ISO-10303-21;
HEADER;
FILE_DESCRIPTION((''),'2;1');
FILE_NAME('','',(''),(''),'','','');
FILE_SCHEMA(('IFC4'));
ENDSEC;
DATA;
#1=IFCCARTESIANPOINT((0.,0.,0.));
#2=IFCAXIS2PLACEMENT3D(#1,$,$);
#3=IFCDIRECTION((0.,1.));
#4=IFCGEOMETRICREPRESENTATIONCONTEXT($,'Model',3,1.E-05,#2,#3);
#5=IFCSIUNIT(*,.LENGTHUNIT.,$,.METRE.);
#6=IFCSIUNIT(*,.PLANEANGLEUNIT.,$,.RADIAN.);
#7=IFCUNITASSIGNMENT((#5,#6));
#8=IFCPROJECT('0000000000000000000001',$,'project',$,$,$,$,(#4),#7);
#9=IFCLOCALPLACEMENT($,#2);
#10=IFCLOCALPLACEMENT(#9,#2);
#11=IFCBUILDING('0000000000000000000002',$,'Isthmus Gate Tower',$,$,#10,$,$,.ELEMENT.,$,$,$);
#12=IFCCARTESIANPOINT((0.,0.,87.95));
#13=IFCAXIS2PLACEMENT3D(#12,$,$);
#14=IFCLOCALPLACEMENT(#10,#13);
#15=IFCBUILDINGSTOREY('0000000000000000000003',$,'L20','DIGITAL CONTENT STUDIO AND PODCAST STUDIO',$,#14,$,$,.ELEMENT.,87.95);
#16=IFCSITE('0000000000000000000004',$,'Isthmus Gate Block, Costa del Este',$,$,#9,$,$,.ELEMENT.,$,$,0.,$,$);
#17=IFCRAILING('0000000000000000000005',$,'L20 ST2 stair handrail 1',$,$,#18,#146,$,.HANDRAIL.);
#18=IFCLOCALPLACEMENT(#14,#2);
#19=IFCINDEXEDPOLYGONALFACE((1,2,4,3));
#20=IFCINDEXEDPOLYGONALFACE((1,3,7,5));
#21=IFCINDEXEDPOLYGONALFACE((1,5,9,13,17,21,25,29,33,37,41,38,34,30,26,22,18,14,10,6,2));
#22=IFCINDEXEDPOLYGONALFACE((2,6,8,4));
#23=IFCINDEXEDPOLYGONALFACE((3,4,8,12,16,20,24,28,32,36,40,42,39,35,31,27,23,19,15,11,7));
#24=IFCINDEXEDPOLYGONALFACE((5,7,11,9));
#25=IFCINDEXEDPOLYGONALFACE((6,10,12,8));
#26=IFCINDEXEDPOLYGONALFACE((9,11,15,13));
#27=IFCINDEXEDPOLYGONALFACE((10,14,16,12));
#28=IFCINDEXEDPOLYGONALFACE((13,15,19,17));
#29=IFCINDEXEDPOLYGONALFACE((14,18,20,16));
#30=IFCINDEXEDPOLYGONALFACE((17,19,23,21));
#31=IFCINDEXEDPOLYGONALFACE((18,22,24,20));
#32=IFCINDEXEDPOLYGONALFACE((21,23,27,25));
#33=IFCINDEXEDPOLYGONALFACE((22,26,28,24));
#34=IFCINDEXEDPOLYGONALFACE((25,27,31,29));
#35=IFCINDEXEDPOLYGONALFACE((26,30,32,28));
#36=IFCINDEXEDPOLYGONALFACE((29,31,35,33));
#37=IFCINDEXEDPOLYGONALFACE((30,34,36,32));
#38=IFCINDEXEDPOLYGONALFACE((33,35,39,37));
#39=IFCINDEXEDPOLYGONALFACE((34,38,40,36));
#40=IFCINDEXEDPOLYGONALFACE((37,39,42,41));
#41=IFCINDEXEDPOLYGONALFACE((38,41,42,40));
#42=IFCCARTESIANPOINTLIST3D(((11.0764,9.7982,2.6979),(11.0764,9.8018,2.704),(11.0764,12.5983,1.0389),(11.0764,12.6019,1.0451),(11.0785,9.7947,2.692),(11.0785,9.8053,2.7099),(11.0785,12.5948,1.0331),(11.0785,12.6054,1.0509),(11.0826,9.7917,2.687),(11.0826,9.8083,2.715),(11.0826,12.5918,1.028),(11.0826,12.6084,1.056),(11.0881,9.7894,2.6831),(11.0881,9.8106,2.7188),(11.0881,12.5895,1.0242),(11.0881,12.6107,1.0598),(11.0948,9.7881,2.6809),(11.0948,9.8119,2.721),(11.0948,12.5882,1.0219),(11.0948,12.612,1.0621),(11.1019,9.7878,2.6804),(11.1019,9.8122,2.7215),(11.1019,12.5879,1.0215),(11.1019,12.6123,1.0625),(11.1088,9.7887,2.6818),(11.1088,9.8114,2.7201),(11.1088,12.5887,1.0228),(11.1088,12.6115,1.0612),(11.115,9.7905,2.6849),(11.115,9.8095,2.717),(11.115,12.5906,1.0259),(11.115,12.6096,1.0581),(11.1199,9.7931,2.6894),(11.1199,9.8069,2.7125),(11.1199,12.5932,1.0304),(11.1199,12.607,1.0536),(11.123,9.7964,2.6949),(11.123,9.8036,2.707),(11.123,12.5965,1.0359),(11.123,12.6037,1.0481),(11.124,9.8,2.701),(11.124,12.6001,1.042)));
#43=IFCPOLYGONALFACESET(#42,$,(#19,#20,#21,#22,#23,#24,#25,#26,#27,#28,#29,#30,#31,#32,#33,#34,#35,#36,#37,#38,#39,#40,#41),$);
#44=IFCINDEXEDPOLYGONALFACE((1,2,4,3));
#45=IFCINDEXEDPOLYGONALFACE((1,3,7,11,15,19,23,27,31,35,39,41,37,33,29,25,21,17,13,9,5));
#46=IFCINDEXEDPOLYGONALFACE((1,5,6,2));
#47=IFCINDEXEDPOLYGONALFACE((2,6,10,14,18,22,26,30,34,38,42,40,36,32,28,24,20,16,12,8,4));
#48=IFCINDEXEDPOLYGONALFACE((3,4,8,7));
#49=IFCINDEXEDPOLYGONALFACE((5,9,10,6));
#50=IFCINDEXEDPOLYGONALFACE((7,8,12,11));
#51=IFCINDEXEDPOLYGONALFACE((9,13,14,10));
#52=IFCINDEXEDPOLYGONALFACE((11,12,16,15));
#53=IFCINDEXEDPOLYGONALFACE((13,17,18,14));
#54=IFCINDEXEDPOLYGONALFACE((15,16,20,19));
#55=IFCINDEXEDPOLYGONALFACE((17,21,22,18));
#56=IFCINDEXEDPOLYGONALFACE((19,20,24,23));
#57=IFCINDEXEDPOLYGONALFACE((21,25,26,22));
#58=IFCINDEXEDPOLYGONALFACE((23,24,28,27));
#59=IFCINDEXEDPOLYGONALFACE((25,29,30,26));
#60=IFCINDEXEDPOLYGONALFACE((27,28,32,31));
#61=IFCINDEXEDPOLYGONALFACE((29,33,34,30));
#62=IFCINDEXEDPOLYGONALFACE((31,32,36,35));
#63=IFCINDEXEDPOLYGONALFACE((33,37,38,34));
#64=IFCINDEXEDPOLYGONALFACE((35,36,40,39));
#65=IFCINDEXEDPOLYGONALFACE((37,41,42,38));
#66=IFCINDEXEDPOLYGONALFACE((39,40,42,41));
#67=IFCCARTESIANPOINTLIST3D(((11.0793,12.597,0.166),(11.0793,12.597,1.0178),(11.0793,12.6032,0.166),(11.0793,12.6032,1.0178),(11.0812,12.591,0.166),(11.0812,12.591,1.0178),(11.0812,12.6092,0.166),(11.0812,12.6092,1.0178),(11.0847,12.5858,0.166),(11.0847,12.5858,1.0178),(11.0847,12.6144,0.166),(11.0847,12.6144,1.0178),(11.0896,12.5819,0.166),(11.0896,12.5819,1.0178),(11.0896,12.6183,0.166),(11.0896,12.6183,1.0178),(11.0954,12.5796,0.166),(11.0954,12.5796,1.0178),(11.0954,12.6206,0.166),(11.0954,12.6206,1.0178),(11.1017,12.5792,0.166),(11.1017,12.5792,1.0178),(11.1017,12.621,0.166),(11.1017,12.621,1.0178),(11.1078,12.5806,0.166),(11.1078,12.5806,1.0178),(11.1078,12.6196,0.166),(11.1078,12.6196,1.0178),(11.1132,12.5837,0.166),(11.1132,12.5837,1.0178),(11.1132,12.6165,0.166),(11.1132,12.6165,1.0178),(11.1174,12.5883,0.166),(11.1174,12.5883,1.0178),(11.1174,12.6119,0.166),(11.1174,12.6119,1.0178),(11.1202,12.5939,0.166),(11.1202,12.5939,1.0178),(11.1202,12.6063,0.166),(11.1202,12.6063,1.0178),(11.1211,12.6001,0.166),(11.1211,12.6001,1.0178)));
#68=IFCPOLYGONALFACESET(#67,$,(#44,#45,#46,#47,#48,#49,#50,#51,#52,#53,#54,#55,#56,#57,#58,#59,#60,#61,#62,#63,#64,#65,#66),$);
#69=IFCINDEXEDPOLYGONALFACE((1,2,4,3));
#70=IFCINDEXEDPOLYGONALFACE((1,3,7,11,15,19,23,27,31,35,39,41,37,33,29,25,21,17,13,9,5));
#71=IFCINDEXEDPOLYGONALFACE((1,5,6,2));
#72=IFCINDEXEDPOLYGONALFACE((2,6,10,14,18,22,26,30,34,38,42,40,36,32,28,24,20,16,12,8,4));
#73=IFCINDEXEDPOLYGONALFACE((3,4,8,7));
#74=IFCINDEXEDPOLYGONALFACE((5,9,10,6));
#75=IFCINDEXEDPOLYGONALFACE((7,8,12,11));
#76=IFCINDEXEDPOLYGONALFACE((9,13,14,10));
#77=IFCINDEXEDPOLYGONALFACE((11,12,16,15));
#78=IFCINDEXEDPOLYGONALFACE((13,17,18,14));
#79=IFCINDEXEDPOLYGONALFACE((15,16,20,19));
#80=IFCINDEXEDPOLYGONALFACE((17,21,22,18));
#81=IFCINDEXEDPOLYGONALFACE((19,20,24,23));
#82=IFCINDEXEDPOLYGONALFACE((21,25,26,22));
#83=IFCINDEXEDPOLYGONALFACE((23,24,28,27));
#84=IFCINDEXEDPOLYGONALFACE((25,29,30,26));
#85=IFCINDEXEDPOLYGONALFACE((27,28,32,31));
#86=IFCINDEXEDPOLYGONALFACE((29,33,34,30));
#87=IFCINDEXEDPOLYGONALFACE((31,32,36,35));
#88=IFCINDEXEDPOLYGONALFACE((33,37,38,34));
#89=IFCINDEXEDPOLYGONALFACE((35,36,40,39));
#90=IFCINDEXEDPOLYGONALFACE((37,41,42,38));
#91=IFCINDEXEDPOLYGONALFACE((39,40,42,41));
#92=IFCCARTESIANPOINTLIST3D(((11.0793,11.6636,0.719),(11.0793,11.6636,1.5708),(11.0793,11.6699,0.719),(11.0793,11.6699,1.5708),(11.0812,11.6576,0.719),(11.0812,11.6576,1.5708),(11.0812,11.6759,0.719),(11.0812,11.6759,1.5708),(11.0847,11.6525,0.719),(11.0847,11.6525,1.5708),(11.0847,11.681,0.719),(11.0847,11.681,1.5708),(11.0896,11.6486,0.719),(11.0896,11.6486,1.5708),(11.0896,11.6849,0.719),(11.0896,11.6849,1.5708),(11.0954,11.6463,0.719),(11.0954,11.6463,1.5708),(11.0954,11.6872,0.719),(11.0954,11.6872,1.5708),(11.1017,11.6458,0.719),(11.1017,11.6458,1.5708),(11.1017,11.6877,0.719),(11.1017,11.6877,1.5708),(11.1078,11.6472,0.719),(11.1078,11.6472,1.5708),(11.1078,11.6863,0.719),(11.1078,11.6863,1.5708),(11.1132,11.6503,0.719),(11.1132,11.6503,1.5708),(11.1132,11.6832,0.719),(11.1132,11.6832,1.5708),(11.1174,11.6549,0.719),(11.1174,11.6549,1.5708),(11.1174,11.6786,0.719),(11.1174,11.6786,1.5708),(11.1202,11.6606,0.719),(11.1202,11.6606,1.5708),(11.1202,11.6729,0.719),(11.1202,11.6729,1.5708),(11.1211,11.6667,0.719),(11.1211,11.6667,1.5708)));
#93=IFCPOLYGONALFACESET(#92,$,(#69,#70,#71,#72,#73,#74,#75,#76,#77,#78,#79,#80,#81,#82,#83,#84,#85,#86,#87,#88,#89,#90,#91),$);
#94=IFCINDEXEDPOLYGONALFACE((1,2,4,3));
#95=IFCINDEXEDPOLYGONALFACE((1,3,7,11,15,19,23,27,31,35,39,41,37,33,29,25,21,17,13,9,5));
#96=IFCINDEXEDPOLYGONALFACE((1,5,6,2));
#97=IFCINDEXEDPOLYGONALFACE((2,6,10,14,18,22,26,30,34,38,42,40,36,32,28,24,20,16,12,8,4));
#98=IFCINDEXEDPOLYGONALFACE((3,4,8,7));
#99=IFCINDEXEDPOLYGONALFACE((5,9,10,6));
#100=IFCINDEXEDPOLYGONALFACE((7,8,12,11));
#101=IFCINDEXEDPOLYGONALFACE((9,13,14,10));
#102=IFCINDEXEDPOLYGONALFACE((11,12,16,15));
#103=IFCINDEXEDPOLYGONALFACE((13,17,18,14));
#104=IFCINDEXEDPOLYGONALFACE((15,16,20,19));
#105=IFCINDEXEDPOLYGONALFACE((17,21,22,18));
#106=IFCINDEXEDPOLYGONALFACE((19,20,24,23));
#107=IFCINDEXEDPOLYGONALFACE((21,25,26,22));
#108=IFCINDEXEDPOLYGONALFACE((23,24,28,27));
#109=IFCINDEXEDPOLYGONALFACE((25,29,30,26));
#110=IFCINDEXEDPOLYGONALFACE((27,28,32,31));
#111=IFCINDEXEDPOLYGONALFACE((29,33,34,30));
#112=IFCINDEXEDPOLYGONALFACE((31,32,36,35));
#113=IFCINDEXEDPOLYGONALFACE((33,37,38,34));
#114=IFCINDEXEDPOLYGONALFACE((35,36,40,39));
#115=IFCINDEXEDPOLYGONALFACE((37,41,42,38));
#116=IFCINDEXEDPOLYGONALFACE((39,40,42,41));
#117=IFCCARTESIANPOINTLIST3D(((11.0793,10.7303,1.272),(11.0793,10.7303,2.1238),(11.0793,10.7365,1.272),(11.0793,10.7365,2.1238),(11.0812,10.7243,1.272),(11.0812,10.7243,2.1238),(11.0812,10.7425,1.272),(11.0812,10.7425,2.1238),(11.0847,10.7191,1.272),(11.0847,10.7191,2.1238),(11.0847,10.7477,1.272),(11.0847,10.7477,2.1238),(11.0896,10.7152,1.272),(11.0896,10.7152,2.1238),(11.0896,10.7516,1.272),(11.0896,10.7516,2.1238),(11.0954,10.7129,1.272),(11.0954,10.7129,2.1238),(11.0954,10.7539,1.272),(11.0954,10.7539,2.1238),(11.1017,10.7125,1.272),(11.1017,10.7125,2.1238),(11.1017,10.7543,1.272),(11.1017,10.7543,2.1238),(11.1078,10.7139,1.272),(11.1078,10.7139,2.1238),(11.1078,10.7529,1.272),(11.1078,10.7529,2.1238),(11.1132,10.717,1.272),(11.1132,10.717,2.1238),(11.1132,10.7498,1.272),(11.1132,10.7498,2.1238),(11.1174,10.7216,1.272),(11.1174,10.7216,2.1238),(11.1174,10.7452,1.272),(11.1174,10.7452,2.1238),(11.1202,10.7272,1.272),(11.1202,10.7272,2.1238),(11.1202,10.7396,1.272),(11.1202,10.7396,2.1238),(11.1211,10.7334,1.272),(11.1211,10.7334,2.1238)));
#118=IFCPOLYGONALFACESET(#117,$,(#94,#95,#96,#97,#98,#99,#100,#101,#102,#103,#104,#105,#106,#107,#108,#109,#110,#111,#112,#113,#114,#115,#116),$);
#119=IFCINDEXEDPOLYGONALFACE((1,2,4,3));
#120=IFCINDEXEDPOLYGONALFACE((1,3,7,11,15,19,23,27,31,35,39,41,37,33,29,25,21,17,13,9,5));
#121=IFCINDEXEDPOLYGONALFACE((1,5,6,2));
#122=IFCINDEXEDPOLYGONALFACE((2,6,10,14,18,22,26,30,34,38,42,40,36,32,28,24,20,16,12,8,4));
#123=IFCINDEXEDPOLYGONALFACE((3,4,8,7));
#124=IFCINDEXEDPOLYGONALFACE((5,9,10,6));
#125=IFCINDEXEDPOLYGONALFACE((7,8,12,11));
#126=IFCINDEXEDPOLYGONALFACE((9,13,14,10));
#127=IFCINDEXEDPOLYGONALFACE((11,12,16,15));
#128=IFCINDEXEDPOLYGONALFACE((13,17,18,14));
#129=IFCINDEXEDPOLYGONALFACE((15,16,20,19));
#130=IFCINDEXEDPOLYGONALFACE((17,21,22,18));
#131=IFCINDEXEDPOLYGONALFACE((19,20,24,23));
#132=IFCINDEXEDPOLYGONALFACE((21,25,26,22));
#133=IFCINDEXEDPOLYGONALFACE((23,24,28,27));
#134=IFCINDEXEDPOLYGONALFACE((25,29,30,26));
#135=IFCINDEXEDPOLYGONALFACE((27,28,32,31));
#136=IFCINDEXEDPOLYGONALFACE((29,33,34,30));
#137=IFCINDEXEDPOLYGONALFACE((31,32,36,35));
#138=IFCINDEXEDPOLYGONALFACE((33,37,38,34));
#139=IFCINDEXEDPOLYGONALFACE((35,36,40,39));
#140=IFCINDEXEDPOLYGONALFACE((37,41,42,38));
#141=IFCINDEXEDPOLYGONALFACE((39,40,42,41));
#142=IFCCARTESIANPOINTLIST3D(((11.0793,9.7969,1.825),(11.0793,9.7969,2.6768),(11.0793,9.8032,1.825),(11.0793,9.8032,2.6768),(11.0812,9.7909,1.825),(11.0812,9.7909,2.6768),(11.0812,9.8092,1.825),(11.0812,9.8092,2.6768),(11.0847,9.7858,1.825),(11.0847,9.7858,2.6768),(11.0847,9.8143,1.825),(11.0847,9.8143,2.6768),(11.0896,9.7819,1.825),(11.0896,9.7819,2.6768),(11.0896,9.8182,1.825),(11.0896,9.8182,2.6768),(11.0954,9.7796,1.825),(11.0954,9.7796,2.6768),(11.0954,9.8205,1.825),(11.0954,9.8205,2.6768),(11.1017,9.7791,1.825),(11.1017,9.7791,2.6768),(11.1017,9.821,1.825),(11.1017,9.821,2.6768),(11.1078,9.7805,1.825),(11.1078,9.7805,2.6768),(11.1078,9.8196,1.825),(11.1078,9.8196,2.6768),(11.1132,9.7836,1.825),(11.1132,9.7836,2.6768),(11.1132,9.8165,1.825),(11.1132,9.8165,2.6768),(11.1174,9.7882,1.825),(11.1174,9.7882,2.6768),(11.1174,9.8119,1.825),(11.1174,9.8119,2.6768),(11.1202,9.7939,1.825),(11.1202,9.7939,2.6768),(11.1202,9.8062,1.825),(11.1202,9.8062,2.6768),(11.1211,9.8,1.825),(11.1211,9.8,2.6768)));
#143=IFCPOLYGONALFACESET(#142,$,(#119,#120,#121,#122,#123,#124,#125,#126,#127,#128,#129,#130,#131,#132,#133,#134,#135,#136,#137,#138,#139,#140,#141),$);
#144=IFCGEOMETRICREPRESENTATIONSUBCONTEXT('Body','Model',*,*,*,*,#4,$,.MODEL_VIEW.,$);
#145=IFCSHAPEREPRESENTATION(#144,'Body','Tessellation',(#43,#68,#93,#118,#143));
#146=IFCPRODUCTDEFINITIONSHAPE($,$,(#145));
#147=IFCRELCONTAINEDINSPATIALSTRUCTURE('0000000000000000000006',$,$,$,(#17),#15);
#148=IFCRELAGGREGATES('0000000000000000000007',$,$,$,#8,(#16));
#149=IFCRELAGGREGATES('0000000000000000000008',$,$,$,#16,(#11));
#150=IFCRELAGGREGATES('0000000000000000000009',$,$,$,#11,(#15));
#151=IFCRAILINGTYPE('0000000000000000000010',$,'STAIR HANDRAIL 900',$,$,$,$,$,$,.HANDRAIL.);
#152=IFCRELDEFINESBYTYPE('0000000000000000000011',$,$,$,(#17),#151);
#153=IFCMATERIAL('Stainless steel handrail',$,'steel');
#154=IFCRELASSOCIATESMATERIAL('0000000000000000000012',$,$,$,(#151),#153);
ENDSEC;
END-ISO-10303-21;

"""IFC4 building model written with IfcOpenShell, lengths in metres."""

from ifc_helpers import new_model, si_unit, direction, frame, origin, origin_2d, place, context, subcontext, project, spatial, circle, extrude, material, type_object, element, save


model = new_model("IFC4")

# Units and contexts
model_context = context("Model", 3, precision=1e-05, world=origin(), true_north=direction((0.0, 1.0)))
body_context = subcontext(model_context, "Body", "Model", "MODEL_VIEW")
ifc_project = project(units=[si_unit("LENGTHUNIT", "METRE"), si_unit("PLANEANGLEUNIT", "RADIAN")], contexts=[model_context])

# Site, building, storey
site_placement = place(None, origin())
site = spatial("IfcSite", under=ifc_project, at=site_placement, Name="Isthmus Gate Block, Costa del Este", CompositionType="ELEMENT", RefElevation=0.0)
building_placement = place(site_placement, origin())
building = spatial("IfcBuilding", under=site, at=building_placement, Name="Isthmus Gate Tower", CompositionType="ELEMENT")
storey_placement = place(building_placement, frame((0.0, 0.0, 87.95)))
storey = spatial("IfcBuildingStorey", under=building, at=storey_placement, Name="L20", Description="DIGITAL CONTENT STUDIO AND PODCAST STUDIO", CompositionType="ELEMENT", Elevation=87.95)

# Railing
ifc_material_1 = material(Name="Stainless steel handrail", Category="steel")
railing_type_1 = type_object("IfcRailingType", Name="STAIR HANDRAIL 900", PredefinedType="HANDRAIL", material=ifc_material_1)
railing_1_placement = place(storey_placement, frame((11.1001, 12.6001, 0.166)))
element("IfcRailing", 1, at=railing_1_placement, inside=storey, type_object=railing_type_1, Name="L20 ST2 stair handrail 1", PredefinedType="HANDRAIL", context=body_context, shape_type="SweptSolid", body=[
    extrude(circle(Radius=0.0239, at=origin_2d()), frame((0.0, 0.0, 0.876), z_axis=(0.0, -0.860339, 0.509722), x_axis=(1.0, 0.0, 0.0)), (0.0, 0.0, 1.0), 3.2546),
    extrude(circle(Radius=0.021, at=origin_2d()), origin(), (0.0, 0.0, 1.0), 0.8518),
    extrude(circle(Radius=0.021, at=origin_2d()), frame((0.0, -0.9333, 0.553)), (0.0, 0.0, 1.0), 0.8518),
    extrude(circle(Radius=0.021, at=origin_2d()), frame((0.0, -1.8667, 1.106)), (0.0, 0.0, 1.0), 0.8518),
    extrude(circle(Radius=0.021, at=origin_2d()), frame((0.0, -2.8, 1.6589)), (0.0, 0.0, 1.0), 0.8518),
])

save(model, "model.ifc")
